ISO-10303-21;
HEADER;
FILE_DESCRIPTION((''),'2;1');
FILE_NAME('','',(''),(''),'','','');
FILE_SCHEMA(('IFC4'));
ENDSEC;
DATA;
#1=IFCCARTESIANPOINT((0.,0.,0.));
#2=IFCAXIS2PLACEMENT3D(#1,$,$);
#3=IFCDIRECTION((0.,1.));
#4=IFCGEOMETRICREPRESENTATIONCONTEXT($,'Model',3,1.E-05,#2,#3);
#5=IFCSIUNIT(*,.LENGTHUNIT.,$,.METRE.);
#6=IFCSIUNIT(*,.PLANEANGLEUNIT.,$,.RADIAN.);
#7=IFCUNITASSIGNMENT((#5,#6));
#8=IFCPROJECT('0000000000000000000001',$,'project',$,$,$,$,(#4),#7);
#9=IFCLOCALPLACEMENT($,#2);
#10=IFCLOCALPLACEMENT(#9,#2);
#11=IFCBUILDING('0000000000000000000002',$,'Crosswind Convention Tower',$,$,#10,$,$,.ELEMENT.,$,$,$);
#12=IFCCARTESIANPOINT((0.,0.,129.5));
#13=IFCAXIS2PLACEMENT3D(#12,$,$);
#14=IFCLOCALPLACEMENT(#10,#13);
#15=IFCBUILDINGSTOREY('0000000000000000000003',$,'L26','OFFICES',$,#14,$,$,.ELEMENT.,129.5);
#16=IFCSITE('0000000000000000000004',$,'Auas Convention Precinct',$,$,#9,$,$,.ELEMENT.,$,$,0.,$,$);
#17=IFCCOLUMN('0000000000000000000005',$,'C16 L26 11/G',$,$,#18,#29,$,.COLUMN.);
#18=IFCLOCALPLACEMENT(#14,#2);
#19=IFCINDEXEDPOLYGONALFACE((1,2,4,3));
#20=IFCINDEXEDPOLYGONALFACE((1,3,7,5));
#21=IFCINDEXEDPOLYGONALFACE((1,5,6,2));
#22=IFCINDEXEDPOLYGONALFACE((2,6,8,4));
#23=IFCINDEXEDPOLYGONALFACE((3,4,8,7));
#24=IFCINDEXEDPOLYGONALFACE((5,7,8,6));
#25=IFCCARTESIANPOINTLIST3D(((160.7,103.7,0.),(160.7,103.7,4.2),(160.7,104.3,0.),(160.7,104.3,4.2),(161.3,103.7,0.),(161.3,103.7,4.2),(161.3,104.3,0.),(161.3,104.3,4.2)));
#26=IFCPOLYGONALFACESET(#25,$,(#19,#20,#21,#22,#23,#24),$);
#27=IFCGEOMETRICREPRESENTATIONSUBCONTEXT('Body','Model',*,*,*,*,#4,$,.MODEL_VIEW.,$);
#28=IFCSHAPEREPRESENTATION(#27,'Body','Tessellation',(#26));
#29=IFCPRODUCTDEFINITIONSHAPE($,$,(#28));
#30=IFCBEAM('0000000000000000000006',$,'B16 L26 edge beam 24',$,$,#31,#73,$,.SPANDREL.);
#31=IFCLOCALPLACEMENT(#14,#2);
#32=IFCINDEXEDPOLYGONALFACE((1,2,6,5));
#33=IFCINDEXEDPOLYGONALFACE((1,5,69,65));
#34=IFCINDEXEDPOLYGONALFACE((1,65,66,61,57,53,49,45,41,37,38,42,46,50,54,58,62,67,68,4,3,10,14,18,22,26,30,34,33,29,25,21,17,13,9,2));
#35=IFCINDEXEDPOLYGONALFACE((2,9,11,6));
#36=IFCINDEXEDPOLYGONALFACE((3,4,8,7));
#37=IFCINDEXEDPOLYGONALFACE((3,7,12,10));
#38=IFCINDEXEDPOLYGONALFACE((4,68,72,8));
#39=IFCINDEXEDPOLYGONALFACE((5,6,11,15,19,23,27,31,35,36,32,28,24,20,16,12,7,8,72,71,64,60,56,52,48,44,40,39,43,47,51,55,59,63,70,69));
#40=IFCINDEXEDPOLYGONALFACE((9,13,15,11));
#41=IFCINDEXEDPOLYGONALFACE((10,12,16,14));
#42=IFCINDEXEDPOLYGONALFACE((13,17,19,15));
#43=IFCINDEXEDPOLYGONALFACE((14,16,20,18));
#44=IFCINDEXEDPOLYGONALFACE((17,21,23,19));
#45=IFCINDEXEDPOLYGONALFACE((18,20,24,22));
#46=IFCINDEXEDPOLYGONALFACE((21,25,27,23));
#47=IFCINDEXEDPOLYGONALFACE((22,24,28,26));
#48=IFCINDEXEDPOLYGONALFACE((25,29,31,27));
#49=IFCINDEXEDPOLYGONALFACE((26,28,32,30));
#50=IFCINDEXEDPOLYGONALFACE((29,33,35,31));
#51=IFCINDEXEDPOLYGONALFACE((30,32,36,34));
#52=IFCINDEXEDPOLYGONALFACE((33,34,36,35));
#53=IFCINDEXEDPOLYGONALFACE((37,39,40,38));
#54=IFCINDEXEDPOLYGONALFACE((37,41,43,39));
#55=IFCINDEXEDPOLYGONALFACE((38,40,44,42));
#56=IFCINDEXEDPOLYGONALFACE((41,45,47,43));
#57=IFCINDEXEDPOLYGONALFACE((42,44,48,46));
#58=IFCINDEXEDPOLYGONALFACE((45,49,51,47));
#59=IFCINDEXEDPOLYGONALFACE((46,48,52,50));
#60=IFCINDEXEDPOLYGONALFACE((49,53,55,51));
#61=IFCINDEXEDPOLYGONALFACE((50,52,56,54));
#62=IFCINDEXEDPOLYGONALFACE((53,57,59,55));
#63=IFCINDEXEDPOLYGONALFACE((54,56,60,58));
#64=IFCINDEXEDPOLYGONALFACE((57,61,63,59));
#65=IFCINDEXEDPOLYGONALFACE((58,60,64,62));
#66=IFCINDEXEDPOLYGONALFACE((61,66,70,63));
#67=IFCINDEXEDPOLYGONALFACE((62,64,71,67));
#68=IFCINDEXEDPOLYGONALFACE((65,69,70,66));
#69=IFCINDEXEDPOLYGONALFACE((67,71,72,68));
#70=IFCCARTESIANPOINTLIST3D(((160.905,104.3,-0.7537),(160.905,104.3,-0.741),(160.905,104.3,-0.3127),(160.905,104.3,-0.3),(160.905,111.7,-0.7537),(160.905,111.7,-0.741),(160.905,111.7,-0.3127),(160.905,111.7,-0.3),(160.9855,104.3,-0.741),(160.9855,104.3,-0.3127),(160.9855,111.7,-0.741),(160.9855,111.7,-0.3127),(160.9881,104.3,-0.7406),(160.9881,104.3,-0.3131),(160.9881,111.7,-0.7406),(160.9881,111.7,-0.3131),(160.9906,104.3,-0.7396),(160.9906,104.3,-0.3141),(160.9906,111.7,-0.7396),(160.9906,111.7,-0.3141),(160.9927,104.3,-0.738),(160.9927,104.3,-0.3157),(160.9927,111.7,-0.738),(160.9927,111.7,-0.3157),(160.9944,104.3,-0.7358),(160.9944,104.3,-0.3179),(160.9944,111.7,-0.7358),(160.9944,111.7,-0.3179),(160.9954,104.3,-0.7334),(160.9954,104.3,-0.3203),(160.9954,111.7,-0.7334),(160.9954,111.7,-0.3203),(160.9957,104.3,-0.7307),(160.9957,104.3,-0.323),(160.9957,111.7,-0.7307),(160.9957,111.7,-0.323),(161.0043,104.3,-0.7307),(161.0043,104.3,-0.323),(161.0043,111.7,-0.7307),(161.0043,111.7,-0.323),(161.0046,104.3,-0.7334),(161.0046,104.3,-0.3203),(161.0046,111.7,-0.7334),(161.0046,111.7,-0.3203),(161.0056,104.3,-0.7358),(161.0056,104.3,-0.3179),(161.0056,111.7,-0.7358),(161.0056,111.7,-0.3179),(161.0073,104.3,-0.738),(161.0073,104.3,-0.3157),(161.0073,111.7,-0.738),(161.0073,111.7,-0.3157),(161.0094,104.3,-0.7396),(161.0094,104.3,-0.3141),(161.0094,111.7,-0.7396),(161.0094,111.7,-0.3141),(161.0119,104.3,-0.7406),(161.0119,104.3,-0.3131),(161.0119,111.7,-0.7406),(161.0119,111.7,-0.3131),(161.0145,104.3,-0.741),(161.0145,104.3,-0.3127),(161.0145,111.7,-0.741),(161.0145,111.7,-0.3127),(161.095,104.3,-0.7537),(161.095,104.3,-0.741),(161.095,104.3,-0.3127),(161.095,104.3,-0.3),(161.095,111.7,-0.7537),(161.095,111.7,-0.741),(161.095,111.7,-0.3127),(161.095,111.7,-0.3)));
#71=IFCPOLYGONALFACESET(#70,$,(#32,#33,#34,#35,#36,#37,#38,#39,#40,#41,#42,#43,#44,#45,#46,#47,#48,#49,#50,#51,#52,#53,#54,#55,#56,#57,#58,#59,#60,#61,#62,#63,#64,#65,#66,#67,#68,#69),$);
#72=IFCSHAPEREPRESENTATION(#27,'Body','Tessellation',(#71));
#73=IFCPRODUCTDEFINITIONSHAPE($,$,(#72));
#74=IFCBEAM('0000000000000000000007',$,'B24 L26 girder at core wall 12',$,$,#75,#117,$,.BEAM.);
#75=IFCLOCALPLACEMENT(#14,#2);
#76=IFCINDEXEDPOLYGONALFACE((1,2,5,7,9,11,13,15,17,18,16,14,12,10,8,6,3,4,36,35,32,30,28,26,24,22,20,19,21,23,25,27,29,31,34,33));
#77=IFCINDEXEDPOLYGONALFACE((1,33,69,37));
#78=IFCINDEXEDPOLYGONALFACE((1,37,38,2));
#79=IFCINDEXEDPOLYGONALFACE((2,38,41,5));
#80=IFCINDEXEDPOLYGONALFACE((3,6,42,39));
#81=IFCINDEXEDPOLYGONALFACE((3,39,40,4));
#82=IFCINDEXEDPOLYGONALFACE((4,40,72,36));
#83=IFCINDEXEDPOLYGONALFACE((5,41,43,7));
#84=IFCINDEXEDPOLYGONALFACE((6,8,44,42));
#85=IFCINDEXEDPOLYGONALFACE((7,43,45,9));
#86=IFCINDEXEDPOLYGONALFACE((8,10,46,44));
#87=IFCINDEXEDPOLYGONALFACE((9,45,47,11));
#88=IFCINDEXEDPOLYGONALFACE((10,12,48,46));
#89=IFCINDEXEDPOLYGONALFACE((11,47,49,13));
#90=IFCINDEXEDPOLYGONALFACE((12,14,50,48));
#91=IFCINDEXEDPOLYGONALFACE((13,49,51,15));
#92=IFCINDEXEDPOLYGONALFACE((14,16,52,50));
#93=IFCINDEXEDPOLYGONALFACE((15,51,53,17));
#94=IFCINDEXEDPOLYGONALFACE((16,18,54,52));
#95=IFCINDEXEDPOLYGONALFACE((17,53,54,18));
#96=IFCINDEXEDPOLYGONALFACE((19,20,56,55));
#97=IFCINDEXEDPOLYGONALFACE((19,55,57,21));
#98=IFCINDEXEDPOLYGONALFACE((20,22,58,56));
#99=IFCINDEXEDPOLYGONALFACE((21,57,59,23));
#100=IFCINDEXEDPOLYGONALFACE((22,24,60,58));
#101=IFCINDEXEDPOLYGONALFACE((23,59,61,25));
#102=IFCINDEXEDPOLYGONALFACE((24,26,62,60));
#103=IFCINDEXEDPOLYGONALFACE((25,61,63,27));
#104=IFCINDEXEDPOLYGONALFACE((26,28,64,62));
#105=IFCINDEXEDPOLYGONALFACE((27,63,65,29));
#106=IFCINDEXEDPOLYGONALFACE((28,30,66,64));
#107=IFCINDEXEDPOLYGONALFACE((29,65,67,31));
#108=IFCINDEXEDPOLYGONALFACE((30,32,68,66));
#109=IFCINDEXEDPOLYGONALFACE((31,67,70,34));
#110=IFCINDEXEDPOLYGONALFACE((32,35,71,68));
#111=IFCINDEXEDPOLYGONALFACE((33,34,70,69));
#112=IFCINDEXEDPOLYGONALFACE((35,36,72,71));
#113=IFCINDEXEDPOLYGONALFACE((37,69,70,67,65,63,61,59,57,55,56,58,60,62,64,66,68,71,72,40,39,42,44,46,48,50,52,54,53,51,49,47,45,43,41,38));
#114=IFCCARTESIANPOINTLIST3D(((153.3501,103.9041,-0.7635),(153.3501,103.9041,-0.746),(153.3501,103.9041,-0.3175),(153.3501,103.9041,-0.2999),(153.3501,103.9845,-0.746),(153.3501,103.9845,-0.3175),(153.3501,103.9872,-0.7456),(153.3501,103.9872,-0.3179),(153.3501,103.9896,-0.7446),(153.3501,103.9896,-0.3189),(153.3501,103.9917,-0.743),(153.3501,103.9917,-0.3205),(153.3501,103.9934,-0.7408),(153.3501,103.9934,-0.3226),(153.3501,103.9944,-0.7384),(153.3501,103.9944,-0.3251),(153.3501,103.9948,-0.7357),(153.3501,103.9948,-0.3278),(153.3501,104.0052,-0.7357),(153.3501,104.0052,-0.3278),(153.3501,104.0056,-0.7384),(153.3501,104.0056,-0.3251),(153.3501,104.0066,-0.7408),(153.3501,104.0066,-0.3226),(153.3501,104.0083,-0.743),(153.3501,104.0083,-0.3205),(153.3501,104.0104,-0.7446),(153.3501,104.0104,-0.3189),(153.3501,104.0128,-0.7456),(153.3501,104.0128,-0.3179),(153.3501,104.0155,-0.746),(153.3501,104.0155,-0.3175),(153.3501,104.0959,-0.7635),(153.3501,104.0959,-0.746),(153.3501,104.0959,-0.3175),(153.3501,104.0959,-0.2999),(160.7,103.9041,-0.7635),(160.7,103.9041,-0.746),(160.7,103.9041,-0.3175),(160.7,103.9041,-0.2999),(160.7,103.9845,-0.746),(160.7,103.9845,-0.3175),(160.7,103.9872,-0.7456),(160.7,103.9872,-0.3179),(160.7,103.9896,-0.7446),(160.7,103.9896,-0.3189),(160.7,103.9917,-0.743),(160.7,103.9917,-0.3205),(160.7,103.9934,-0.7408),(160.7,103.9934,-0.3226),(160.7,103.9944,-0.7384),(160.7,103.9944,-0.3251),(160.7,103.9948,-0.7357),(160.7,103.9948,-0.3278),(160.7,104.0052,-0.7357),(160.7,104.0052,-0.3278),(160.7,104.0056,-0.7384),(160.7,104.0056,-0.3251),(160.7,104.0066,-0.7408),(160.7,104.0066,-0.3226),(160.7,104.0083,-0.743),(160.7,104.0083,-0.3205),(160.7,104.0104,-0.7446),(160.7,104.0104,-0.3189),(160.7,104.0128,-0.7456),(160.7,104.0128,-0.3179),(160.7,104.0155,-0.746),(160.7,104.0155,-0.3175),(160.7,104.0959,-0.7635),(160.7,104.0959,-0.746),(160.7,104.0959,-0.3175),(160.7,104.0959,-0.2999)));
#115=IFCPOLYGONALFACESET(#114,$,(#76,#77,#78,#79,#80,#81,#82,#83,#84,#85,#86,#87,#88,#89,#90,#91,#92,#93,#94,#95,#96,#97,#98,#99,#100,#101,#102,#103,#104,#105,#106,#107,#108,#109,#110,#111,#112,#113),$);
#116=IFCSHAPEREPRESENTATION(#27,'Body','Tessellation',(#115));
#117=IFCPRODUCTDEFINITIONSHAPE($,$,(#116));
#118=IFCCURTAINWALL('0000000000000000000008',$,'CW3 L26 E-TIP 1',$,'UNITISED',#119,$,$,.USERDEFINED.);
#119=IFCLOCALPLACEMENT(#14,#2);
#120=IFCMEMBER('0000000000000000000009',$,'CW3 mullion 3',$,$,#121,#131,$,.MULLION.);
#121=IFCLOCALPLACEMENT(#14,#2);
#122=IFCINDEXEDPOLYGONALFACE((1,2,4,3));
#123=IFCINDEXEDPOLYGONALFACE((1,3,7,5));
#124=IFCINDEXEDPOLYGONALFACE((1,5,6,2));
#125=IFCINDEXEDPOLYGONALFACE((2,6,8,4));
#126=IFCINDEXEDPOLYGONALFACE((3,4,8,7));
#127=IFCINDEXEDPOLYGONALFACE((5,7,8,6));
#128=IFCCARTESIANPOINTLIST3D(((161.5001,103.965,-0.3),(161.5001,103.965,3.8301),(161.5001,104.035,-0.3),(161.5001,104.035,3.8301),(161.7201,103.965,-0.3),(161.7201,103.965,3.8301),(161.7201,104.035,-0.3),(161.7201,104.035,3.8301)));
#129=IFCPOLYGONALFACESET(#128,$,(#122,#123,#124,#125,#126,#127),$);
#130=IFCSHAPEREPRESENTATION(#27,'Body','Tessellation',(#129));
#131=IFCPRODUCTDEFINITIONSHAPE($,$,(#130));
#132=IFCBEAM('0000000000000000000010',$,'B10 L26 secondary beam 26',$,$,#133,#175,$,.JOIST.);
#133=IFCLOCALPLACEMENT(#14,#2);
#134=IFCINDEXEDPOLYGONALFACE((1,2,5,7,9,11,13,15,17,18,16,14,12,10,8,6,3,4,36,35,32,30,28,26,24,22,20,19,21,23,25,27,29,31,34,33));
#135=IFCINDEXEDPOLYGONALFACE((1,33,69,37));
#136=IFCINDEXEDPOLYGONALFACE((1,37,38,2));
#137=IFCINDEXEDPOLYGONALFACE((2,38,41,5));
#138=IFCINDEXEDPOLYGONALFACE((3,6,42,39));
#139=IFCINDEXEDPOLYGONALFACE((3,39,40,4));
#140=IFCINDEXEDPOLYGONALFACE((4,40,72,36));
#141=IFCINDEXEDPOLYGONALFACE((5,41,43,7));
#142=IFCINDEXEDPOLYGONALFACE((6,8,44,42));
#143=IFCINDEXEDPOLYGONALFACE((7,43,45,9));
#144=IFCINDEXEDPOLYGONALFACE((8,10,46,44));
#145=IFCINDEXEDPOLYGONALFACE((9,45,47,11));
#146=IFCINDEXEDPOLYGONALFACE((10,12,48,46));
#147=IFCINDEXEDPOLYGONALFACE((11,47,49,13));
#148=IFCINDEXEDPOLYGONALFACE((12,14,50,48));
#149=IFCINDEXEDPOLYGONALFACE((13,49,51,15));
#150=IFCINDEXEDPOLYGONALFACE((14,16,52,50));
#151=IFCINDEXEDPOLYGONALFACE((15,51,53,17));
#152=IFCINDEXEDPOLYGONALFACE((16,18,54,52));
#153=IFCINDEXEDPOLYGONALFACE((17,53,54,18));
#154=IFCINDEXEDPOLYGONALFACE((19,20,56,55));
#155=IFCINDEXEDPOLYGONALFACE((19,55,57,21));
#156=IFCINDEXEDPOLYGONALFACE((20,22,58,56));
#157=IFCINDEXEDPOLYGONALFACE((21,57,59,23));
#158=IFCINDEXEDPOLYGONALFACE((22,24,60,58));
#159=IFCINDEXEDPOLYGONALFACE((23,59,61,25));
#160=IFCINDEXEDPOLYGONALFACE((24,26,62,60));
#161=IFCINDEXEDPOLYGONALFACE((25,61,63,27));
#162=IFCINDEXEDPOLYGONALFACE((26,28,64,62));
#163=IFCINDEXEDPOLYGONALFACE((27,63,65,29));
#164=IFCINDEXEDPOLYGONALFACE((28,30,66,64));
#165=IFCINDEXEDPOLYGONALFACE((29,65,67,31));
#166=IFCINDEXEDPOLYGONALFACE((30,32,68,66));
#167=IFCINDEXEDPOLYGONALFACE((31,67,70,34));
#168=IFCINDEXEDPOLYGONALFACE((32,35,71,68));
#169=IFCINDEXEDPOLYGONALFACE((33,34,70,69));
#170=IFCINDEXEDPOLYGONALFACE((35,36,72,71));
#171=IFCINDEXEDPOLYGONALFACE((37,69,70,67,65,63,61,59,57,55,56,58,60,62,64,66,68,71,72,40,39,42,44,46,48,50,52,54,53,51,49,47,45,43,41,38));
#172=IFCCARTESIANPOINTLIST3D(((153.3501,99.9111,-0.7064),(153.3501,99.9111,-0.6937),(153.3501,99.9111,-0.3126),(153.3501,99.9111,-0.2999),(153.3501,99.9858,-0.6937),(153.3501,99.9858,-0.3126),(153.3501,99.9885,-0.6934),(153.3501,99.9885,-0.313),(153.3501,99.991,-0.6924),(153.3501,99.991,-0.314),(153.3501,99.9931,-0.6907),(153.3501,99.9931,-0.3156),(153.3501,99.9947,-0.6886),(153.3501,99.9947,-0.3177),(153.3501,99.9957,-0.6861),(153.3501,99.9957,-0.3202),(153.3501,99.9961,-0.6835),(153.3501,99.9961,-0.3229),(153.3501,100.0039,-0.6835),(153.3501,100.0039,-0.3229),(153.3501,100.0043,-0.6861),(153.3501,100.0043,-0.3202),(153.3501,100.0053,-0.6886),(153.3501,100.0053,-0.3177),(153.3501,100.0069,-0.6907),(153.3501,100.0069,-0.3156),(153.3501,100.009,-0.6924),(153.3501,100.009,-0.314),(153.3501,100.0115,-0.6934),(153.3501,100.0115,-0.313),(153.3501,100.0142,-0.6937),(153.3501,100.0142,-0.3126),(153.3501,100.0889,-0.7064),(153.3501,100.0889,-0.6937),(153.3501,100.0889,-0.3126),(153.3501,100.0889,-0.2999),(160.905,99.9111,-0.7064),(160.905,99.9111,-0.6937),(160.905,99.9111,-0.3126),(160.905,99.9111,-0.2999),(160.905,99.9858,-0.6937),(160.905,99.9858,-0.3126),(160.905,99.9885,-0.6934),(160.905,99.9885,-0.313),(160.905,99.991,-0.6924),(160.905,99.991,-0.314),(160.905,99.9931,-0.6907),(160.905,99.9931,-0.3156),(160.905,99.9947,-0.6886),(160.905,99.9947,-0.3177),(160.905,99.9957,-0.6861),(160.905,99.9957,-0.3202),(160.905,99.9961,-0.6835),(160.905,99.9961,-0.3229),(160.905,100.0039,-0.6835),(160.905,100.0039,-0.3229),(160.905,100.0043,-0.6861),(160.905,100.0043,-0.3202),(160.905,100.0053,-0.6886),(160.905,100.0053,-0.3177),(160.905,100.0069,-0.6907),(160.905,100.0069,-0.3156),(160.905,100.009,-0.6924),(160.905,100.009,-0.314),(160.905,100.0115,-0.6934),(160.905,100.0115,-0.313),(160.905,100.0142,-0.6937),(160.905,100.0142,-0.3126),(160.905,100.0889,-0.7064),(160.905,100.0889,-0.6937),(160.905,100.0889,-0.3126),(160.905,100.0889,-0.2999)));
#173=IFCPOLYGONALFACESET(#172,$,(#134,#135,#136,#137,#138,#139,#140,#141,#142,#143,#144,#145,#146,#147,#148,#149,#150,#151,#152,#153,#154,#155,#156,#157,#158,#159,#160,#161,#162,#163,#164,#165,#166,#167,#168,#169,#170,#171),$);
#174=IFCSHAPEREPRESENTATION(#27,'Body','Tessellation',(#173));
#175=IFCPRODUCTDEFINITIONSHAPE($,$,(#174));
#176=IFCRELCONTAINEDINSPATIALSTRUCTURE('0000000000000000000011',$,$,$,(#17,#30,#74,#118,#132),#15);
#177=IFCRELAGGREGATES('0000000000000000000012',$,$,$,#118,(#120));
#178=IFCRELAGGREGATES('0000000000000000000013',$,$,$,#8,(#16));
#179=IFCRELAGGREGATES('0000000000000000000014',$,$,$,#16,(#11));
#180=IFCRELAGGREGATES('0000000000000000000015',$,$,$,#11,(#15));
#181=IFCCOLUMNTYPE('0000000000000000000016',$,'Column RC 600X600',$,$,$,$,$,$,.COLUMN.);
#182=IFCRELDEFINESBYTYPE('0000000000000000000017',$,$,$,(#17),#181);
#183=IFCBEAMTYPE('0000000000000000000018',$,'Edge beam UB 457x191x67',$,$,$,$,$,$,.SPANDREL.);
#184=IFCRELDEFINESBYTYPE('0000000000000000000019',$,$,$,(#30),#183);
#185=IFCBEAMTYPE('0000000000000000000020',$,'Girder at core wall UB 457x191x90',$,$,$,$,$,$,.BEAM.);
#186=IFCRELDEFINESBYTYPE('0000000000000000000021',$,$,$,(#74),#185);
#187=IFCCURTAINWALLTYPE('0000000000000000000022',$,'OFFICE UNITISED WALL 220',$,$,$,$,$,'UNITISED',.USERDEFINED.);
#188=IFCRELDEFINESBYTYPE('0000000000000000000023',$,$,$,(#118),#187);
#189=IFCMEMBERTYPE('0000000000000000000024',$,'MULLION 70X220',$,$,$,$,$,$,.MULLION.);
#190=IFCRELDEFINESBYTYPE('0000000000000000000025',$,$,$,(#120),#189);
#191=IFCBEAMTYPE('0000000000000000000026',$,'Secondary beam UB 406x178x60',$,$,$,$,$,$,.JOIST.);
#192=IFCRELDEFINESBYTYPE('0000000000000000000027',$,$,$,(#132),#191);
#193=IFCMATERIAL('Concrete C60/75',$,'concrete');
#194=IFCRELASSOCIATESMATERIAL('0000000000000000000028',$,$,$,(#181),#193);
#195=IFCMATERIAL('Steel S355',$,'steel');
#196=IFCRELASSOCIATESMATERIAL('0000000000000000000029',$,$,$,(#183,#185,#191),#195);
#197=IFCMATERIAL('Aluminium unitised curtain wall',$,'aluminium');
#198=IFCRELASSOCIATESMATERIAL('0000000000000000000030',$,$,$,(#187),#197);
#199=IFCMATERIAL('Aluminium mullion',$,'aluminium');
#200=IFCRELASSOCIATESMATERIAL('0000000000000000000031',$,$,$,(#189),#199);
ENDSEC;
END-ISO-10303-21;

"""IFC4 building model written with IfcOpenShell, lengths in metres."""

from ifc_helpers import new_model, si_unit, direction, frame, origin, origin_2d, place, context, subcontext, project, spatial, rectangle, i_section, extrude, material, material_profile, profile_set, type_object, element, aggregate, save


model = new_model("IFC4")

# Units and contexts
model_context = context("Model", 3, precision=1e-05, world=origin(), true_north=direction((0.0, 1.0)))
body_context = subcontext(model_context, "Body", "Model", "MODEL_VIEW")
ifc_project = project(units=[si_unit("LENGTHUNIT", "METRE"), si_unit("PLANEANGLEUNIT", "RADIAN")], contexts=[model_context])

# Site, building, storey
site_placement = place(None, origin())
site = spatial("IfcSite", under=ifc_project, at=site_placement, Name="Auas Convention Precinct", CompositionType="ELEMENT", RefElevation=0.0)
building_placement = place(site_placement, origin())
building = spatial("IfcBuilding", under=site, at=building_placement, Name="Crosswind Convention Tower", CompositionType="ELEMENT")
storey_placement = place(building_placement, frame((0.0, 0.0, 129.5)))
storey = spatial("IfcBuildingStorey", under=building, at=storey_placement, Name="L26", Description="OFFICES", CompositionType="ELEMENT", Elevation=129.5)

# Column
ifc_material_1 = material(Name="Concrete C60/75", Category="concrete")
ifc_material_profile_1 = material_profile(ifc_material_1, rectangle(XDim=0.6001, YDim=0.6001, at=origin_2d()), Name="RC 600X600")
ifc_profile_set_1 = profile_set([ifc_material_profile_1], Name="Concrete C60/75")
column_type = type_object("IfcColumnType", Name="Column RC 600X600", PredefinedType="COLUMN", material=ifc_profile_set_1)
column_placement = place(storey_placement, frame((161.0, 104.0, 0.0), z_axis=(0.0, 0.0, 1.0), x_axis=(1.0, 0.0, 0.0)))
element("IfcColumn", 1, at=column_placement, inside=storey, type_object=column_type, Name="C16 L26 11/G", PredefinedType="COLUMN", context=body_context, shape_type="SweptSolid", body=[
    extrude(rectangle(XDim=0.6001, YDim=0.6001, at=origin_2d()), origin(), (0.0, 0.0, 1.0), 4.2),
])

# Beams
ifc_material_2 = material(Name="Steel S355", Category="steel")
ifc_material_profile_2 = material_profile(ifc_material_2, i_section(OverallWidth=0.1899, OverallDepth=0.4536, WebThickness=0.0085, FlangeThickness=0.0127, FilletRadius=0.0103, at=origin_2d()), Name="UB 457x191x67")
ifc_profile_set_2 = profile_set([ifc_material_profile_2], Name="Steel S355")
beam_type_1 = type_object("IfcBeamType", Name="Edge beam UB 457x191x67", PredefinedType="SPANDREL", material=ifc_profile_set_2)
beam_1_placement = place(storey_placement, frame((161.0, 104.3, -0.5269), z_axis=(0.0, 1.0, 0.0), x_axis=(-1.0, 0.0, 0.0)))
element("IfcBeam", 2, at=beam_1_placement, inside=storey, type_object=beam_type_1, Name="B16 L26 edge beam 24", PredefinedType="SPANDREL", context=body_context, shape_type="SweptSolid", body=[
    extrude(i_section(OverallWidth=0.1899, OverallDepth=0.4536, WebThickness=0.0085, FlangeThickness=0.0127, FilletRadius=0.0103, at=origin_2d()), origin(), (0.0, 0.0, 1.0), 7.3999),
])
ifc_material_profile_3 = material_profile(ifc_material_2, i_section(OverallWidth=0.1919, OverallDepth=0.4636, WebThickness=0.0105, FlangeThickness=0.0176, FilletRadius=0.0103, at=origin_2d()), Name="UB 457x191x90")
ifc_profile_set_3 = profile_set([ifc_material_profile_3], Name="Steel S355")
beam_type_2 = type_object("IfcBeamType", Name="Girder at core wall UB 457x191x90", PredefinedType="BEAM", material=ifc_profile_set_3)
beam_2_placement = place(storey_placement, frame((153.3501, 104.0, -0.5317), z_axis=(1.0, 0.0, 0.0), x_axis=(0.0, 1.0, 0.0)))
element("IfcBeam", 3, at=beam_2_placement, inside=storey, type_object=beam_type_2, Name="B24 L26 girder at core wall 12", PredefinedType="BEAM", context=body_context, shape_type="SweptSolid", body=[
    extrude(i_section(OverallWidth=0.1919, OverallDepth=0.4636, WebThickness=0.0105, FlangeThickness=0.0176, FilletRadius=0.0103, at=origin_2d()), origin(), (0.0, 0.0, 1.0), 7.3499),
])

# Curtain wall, member
ifc_material_3 = material(Name="Aluminium unitised curtain wall", Category="aluminium")
curtain_wall_type = type_object("IfcCurtainWallType", Name="OFFICE UNITISED WALL 220", ElementType="UNITISED", PredefinedType="USERDEFINED", material=ifc_material_3)
curtain_wall_placement = place(storey_placement, origin())
curtain_wall = element("IfcCurtainWall", 4, at=curtain_wall_placement, inside=storey, type_object=curtain_wall_type, Name="CW3 L26 E-TIP 1", ObjectType="UNITISED", PredefinedType="USERDEFINED")
ifc_material_4 = material(Name="Aluminium mullion", Category="aluminium")
ifc_material_profile_4 = material_profile(ifc_material_4, rectangle(XDim=0.22, YDim=0.0701, at=origin_2d()), Name="AL 220X70")
ifc_profile_set_4 = profile_set([ifc_material_profile_4], Name="Aluminium mullion")
member_type = type_object("IfcMemberType", Name="MULLION 70X220", PredefinedType="MULLION", material=ifc_profile_set_4)
member_placement = place(storey_placement, frame((161.6101, 104.0, -0.3), z_axis=(0.0, 0.0, 1.0), x_axis=(1.0, 0.0, 0.0)))
member = element("IfcMember", 5, at=member_placement, type_object=member_type, Name="CW3 mullion 3", PredefinedType="MULLION", context=body_context, shape_type="SweptSolid", body=[
    extrude(rectangle(XDim=0.22, YDim=0.0701, at=origin_2d()), origin(), (0.0, 0.0, 1.0), 4.1301),
])

# Beam
ifc_material_profile_5 = material_profile(ifc_material_2, i_section(OverallWidth=0.1777, OverallDepth=0.4065, WebThickness=0.0078, FlangeThickness=0.0127, FilletRadius=0.0103, at=origin_2d()), Name="UB 406x178x60")
ifc_profile_set_5 = profile_set([ifc_material_profile_5], Name="Steel S355")
beam_type_3 = type_object("IfcBeamType", Name="Secondary beam UB 406x178x60", PredefinedType="JOIST", material=ifc_profile_set_5)
for number, where, z_axis, x_axis, name in (
    (6, (153.3501, 100.0, -0.5032), (1.0, 0.0, 0.0), (0.0, 1.0, 0.0), "B10 L26 secondary beam 26"),
):
    element("IfcBeam", number, at=place(storey_placement, frame(where, z_axis=z_axis, x_axis=x_axis)), inside=storey, type_object=beam_type_3, Name=name, PredefinedType="JOIST", context=body_context, shape_type="SweptSolid", body=[
        extrude(i_section(OverallWidth=0.1777, OverallDepth=0.4065, WebThickness=0.0078, FlangeThickness=0.0127, FilletRadius=0.0103, at=origin_2d()), origin(), (0.0, 0.0, 1.0), 7.5549),
    ])

aggregate(curtain_wall, [member])

save(model, "model.ifc")
